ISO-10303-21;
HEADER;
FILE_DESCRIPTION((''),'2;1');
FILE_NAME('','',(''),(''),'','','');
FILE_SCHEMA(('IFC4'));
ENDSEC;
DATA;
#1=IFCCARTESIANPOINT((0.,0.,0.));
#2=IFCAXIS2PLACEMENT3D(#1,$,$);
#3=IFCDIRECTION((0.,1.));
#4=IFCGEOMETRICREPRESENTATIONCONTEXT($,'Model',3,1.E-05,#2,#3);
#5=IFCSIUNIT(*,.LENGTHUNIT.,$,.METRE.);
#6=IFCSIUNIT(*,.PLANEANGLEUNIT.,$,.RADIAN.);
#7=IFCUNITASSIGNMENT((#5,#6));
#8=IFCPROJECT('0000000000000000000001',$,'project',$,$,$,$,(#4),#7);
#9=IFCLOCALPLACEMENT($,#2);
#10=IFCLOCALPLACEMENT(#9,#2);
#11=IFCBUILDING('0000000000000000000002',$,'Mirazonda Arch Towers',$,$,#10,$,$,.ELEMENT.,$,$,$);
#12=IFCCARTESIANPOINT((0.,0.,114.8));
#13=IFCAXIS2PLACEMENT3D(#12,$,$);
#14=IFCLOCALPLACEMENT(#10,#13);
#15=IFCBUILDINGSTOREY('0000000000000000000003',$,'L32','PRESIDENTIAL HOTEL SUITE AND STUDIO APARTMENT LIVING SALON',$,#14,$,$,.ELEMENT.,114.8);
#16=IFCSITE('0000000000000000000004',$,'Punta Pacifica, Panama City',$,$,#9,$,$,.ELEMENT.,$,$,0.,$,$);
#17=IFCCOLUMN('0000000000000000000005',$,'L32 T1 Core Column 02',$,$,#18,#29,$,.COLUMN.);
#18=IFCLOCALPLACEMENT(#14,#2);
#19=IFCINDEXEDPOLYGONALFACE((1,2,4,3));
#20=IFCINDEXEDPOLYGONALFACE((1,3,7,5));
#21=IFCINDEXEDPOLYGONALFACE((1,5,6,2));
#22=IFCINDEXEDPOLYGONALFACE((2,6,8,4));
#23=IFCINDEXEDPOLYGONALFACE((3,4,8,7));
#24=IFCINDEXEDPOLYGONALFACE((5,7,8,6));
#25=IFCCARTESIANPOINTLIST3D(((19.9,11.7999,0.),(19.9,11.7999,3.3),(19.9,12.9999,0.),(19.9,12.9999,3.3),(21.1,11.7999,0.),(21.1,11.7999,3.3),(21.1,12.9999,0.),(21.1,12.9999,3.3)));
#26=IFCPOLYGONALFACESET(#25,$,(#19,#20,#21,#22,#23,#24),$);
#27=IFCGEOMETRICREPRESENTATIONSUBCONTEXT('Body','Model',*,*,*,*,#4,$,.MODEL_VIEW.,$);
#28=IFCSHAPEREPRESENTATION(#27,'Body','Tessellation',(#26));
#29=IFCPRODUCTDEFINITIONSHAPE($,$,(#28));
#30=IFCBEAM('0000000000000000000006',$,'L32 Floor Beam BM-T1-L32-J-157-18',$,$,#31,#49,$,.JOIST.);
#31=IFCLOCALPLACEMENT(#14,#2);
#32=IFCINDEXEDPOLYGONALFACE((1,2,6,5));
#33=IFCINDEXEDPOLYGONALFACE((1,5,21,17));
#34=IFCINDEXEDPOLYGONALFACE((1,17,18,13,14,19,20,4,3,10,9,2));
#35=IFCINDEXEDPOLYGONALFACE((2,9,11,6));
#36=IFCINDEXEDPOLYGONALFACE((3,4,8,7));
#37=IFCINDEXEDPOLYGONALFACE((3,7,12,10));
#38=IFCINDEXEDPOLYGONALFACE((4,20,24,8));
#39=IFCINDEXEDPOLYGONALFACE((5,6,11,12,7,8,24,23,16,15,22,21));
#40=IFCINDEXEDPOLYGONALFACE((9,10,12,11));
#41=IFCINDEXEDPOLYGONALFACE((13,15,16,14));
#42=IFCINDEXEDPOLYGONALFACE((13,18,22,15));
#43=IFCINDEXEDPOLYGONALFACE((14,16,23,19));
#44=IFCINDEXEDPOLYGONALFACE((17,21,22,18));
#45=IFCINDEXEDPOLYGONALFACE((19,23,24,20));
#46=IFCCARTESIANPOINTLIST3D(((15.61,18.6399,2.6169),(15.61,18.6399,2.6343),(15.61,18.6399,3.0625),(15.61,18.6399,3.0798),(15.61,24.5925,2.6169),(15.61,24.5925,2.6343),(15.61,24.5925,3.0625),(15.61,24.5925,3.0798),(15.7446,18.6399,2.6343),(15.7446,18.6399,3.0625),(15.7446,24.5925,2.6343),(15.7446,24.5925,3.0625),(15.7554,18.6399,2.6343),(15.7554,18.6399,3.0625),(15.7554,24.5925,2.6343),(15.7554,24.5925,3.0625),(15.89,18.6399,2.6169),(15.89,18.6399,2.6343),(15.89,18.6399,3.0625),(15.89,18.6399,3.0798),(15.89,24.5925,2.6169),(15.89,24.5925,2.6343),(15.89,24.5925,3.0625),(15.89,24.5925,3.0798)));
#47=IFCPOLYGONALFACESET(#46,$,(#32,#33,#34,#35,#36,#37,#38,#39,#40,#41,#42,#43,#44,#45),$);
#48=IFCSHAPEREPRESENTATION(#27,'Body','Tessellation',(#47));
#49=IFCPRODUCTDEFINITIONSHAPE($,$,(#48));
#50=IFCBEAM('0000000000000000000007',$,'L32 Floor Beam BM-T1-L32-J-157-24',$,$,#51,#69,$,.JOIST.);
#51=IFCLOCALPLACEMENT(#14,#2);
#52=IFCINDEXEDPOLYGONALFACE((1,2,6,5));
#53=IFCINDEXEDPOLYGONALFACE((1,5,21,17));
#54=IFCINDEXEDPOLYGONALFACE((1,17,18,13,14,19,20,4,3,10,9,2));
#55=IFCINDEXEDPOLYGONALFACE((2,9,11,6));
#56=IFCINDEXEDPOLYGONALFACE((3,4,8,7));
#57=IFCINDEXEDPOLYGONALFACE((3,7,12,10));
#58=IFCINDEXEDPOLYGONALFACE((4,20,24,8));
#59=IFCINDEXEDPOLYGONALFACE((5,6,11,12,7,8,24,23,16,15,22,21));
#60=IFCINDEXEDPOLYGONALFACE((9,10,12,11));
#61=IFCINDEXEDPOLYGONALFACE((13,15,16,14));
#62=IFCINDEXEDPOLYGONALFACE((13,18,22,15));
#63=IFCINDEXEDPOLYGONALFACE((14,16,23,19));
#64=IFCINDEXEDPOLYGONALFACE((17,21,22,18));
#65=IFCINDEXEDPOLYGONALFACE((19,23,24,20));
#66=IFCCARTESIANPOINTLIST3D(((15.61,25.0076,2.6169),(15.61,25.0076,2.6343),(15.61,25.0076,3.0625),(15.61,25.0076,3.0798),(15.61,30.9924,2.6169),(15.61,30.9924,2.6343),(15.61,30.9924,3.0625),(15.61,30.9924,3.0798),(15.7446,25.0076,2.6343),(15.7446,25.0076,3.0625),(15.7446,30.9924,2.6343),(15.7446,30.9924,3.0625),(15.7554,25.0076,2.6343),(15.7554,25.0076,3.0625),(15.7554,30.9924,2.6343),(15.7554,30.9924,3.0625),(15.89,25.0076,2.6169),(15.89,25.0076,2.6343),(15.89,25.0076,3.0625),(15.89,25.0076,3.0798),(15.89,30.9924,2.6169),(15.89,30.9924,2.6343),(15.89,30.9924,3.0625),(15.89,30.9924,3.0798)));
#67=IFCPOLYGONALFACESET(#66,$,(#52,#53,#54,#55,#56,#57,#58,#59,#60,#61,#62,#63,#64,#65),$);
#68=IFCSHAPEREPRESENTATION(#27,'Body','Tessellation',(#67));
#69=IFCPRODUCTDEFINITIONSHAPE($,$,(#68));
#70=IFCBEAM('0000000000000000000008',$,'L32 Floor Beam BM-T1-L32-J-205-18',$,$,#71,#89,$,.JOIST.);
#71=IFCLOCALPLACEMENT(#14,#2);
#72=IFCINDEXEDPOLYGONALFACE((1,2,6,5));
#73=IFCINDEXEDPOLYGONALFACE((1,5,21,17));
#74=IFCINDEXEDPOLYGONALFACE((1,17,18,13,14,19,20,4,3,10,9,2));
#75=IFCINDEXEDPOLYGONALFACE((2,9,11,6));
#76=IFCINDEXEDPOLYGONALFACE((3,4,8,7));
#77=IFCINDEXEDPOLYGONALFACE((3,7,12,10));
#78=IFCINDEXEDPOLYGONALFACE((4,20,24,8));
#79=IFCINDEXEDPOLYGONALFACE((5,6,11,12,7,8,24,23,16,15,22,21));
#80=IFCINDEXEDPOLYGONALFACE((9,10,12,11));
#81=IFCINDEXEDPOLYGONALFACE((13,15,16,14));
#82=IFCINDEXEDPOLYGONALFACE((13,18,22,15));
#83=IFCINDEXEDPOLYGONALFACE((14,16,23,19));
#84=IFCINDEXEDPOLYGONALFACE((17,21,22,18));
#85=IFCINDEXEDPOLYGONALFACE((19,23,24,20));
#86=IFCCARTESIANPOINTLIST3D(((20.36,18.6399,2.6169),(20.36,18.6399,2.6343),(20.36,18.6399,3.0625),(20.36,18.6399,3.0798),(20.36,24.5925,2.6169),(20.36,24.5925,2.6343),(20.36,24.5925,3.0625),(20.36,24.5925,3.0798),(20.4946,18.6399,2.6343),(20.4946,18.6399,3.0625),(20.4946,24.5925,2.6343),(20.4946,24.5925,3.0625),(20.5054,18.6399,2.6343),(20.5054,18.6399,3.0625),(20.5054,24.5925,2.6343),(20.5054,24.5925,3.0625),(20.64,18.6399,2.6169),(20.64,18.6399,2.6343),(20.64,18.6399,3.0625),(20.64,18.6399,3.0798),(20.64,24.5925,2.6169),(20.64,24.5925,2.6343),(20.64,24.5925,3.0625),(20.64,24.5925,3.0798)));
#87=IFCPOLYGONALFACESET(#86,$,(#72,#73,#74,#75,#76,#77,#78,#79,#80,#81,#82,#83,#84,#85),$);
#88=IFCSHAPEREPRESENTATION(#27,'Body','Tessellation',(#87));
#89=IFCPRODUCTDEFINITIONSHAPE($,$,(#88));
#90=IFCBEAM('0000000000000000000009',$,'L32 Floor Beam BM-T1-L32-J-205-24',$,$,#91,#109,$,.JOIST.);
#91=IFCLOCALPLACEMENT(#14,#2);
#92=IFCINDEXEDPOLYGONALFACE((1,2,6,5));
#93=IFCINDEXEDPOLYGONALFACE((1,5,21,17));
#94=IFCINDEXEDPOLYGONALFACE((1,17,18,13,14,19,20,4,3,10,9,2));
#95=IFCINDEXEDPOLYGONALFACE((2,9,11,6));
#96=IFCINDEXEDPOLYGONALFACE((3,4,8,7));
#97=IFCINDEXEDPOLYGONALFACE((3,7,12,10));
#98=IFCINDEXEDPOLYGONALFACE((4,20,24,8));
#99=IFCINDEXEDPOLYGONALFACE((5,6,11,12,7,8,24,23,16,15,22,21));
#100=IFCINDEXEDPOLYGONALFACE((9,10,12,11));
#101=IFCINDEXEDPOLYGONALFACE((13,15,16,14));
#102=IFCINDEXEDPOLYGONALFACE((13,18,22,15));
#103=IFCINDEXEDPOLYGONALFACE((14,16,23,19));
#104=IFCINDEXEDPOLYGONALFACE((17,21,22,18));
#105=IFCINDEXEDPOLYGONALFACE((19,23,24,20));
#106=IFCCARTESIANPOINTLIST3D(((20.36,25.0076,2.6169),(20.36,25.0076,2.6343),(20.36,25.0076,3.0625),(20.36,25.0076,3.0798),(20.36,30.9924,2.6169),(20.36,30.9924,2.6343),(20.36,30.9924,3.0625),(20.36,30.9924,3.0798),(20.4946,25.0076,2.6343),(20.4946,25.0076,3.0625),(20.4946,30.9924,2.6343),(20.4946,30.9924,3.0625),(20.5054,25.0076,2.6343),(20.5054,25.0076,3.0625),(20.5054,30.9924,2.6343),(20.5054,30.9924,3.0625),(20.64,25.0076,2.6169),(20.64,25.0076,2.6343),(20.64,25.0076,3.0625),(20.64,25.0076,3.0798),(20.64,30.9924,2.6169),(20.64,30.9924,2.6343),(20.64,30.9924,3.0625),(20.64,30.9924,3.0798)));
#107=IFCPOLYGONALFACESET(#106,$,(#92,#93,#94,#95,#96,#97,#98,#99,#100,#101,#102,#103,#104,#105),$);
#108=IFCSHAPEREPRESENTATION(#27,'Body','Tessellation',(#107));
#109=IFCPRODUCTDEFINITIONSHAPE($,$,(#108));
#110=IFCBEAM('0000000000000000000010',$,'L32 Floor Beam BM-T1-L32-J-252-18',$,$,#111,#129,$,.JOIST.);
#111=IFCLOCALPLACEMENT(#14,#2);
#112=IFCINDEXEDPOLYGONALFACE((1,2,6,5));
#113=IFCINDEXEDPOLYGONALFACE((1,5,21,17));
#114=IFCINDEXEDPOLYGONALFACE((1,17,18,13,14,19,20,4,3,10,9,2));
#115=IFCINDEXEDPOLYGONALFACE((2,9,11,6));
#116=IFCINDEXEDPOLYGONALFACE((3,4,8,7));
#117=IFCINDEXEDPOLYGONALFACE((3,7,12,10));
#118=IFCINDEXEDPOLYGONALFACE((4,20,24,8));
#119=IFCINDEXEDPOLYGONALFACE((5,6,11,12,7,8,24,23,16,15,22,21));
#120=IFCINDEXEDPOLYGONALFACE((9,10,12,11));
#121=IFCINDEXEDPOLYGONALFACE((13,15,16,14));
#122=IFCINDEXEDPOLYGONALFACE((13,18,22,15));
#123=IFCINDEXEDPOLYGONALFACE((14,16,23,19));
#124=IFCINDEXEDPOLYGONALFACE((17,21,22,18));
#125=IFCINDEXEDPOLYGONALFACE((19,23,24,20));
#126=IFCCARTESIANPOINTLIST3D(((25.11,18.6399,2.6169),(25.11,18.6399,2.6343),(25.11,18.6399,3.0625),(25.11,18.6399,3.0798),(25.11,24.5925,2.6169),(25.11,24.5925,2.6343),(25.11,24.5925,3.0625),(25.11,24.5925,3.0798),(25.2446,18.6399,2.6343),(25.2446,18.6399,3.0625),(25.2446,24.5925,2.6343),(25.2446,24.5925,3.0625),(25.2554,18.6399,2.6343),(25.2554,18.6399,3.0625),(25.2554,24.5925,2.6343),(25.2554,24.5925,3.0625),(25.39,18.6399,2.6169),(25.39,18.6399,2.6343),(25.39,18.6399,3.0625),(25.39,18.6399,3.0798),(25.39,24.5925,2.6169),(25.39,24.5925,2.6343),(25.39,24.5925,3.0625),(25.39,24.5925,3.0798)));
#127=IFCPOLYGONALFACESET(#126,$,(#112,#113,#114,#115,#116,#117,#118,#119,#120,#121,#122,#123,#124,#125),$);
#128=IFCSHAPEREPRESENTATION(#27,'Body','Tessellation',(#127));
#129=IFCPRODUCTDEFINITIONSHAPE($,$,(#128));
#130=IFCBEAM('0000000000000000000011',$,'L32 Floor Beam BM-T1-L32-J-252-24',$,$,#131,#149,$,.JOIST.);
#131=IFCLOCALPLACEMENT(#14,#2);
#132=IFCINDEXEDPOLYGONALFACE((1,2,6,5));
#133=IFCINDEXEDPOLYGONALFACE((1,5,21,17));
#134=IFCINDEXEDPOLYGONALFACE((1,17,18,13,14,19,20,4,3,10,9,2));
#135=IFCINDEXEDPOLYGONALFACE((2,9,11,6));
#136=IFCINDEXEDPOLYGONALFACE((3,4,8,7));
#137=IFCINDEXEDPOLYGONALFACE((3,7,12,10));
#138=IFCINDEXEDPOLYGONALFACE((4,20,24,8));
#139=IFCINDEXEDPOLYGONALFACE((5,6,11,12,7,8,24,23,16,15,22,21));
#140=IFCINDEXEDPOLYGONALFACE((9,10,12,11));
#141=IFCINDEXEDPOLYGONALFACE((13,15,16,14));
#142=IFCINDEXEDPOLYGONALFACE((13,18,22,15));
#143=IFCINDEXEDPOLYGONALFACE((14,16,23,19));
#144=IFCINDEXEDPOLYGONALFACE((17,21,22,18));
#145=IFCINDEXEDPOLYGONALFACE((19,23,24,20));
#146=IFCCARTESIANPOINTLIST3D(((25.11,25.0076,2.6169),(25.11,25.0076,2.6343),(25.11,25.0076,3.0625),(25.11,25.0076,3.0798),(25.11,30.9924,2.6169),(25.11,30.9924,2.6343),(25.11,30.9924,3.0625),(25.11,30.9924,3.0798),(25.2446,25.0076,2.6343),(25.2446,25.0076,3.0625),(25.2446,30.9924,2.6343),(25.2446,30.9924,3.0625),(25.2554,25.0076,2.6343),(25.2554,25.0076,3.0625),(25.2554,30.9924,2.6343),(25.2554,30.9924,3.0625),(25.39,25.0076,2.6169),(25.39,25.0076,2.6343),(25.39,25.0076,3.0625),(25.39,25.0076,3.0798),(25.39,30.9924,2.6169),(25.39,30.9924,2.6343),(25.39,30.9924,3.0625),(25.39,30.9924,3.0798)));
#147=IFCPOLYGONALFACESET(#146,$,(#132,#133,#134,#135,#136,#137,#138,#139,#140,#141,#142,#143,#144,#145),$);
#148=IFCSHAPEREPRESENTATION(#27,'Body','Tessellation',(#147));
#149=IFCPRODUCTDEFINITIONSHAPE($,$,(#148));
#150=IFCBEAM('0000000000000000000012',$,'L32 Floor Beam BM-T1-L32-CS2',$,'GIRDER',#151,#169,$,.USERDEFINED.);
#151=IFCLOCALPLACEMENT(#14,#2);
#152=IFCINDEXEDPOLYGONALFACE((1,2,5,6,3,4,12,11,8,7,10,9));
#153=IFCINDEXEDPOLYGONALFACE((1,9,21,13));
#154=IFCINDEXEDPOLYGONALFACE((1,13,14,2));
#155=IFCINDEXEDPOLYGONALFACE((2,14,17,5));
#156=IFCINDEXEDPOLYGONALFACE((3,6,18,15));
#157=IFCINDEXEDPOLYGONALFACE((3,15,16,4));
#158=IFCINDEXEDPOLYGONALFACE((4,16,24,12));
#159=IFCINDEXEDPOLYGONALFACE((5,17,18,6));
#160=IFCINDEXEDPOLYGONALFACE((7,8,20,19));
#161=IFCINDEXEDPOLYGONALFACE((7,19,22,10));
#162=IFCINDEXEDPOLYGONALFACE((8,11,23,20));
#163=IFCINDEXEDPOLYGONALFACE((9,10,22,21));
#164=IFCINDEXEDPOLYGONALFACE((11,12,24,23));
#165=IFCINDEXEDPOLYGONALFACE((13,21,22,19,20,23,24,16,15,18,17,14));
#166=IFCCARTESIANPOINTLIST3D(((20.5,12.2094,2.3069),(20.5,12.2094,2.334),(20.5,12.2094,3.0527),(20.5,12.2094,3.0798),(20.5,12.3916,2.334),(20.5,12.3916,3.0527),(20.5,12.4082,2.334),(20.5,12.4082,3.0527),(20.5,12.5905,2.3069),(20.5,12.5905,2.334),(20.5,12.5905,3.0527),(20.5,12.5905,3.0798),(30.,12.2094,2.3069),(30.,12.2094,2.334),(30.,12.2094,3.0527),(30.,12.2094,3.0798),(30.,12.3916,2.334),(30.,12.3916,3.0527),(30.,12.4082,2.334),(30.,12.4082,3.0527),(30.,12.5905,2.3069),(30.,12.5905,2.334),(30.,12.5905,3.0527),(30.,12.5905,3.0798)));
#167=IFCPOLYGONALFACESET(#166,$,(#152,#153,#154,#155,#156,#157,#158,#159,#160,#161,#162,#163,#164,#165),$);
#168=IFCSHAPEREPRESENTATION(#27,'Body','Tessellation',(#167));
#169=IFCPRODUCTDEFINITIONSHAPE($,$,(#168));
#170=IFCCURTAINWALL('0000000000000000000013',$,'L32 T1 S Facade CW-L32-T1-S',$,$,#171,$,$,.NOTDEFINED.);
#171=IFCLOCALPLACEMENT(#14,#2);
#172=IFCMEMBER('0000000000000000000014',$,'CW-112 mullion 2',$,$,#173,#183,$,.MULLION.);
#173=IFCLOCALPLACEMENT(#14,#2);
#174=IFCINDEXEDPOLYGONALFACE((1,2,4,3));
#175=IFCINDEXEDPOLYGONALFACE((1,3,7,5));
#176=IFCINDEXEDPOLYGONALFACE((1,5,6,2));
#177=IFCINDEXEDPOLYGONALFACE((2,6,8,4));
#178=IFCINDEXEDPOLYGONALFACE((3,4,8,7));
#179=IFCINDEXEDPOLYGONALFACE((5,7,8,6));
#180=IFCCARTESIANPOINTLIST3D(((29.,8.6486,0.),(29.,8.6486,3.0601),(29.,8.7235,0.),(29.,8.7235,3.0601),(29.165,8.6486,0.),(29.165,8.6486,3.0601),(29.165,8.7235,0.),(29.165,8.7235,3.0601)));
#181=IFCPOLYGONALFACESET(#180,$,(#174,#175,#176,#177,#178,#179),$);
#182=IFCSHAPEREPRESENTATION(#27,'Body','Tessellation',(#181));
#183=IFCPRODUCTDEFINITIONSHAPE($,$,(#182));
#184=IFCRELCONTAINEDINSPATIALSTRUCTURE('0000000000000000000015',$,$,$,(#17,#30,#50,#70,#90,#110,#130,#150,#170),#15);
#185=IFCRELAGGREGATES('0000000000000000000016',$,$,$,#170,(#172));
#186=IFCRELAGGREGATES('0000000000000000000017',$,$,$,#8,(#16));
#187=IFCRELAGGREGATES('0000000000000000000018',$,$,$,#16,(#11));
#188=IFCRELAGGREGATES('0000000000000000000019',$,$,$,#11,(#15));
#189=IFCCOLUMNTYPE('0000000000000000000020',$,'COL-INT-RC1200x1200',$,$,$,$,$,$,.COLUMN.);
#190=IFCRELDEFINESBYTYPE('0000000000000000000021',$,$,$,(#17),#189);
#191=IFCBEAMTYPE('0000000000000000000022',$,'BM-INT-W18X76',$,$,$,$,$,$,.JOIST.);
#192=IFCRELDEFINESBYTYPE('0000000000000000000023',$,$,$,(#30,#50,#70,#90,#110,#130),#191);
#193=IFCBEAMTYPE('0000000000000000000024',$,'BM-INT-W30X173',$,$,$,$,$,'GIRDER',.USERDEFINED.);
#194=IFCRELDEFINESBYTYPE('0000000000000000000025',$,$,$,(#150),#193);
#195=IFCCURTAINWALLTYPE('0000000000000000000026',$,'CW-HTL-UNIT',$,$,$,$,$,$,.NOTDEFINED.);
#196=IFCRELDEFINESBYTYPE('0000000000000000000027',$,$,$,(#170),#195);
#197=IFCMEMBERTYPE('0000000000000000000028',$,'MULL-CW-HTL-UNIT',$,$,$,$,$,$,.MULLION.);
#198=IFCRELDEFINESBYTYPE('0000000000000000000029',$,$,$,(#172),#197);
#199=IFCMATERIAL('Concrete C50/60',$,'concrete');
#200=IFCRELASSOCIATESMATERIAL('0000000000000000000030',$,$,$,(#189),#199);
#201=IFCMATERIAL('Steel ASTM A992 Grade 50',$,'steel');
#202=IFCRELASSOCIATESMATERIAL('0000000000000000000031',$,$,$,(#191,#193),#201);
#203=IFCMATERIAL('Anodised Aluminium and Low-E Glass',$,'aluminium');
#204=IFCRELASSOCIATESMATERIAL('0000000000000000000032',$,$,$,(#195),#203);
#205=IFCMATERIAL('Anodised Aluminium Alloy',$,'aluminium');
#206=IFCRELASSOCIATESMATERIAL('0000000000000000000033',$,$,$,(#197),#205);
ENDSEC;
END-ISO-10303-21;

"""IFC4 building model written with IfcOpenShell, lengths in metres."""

from ifc_helpers import new_model, si_unit, direction, frame, origin, origin_2d, place, context, subcontext, project, spatial, rectangle, i_section, extrude, material, material_profile, profile_set, type_object, element, aggregate, save


model = new_model("IFC4")

# Units and contexts
model_context = context("Model", 3, precision=1e-05, world=origin(), true_north=direction((0.0, 1.0)))
body_context = subcontext(model_context, "Body", "Model", "MODEL_VIEW")
ifc_project = project(units=[si_unit("LENGTHUNIT", "METRE"), si_unit("PLANEANGLEUNIT", "RADIAN")], contexts=[model_context])

# Site, building, storey
site_placement = place(None, origin())
site = spatial("IfcSite", under=ifc_project, at=site_placement, Name="Punta Pacifica, Panama City", CompositionType="ELEMENT", RefElevation=0.0)
building_placement = place(site_placement, origin())
building = spatial("IfcBuilding", under=site, at=building_placement, Name="Mirazonda Arch Towers", CompositionType="ELEMENT")
storey_placement = place(building_placement, frame((0.0, 0.0, 114.8)))
storey = spatial("IfcBuildingStorey", under=building, at=storey_placement, Name="L32", Description="PRESIDENTIAL HOTEL SUITE AND STUDIO APARTMENT LIVING SALON", CompositionType="ELEMENT", Elevation=114.8)

# Column
ifc_material_1 = material(Name="Concrete C50/60", Category="concrete")
ifc_material_profile_1 = material_profile(ifc_material_1, rectangle(XDim=1.2, YDim=1.2, at=origin_2d()), Name="RC1200x1200")
ifc_profile_set_1 = profile_set([ifc_material_profile_1], Name="Concrete C50/60")
column_type = type_object("IfcColumnType", Name="COL-INT-RC1200x1200", PredefinedType="COLUMN", material=ifc_profile_set_1)
column_placement = place(storey_placement, frame((20.5, 12.3999, 0.0), z_axis=(0.0, 0.0, 1.0), x_axis=(1.0, 0.0, 0.0)))
element("IfcColumn", 1, at=column_placement, inside=storey, type_object=column_type, Name="L32 T1 Core Column 02", PredefinedType="COLUMN", context=body_context, shape_type="SweptSolid", body=[
    extrude(rectangle(XDim=1.2, YDim=1.2, at=origin_2d()), origin(), (0.0, 0.0, 1.0), 3.3),
])

# Beams
ifc_material_2 = material(Name="Steel ASTM A992 Grade 50", Category="steel")
ifc_material_profile_2 = material_profile(ifc_material_2, i_section(OverallWidth=0.28, OverallDepth=0.4629, WebThickness=0.0107, FlangeThickness=0.0173, at=origin_2d()), Name="W18X76")
ifc_profile_set_2 = profile_set([ifc_material_profile_2], Name="Steel ASTM A992 Grade 50")
beam_type_1 = type_object("IfcBeamType", Name="BM-INT-W18X76", PredefinedType="JOIST", material=ifc_profile_set_2)
beam_1_placement = place(storey_placement, frame((15.75, 18.6399, 2.8484), z_axis=(0.0, 1.0, 0.0), x_axis=(-1.0, 0.0, 0.0)))
element("IfcBeam", 2, at=beam_1_placement, inside=storey, type_object=beam_type_1, Name="L32 Floor Beam BM-T1-L32-J-157-18", PredefinedType="JOIST", context=body_context, shape_type="SweptSolid", body=[
    extrude(i_section(OverallWidth=0.28, OverallDepth=0.4629, WebThickness=0.0107, FlangeThickness=0.0173, at=origin_2d()), origin(), (0.0, 0.0, 1.0), 5.9526),
])
beam_2_placement = place(storey_placement, frame((15.75, 25.0076, 2.8484), z_axis=(0.0, 1.0, 0.0), x_axis=(-1.0, 0.0, 0.0)))
element("IfcBeam", 3, at=beam_2_placement, inside=storey, type_object=beam_type_1, Name="L32 Floor Beam BM-T1-L32-J-157-24", PredefinedType="JOIST", context=body_context, shape_type="SweptSolid", body=[
    extrude(i_section(OverallWidth=0.28, OverallDepth=0.4629, WebThickness=0.0107, FlangeThickness=0.0173, at=origin_2d()), origin(), (0.0, 0.0, 1.0), 5.9849),
])
beam_3_placement = place(storey_placement, frame((20.5, 18.6399, 2.8484), z_axis=(0.0, 1.0, 0.0), x_axis=(-1.0, 0.0, 0.0)))
element("IfcBeam", 4, at=beam_3_placement, inside=storey, type_object=beam_type_1, Name="L32 Floor Beam BM-T1-L32-J-205-18", PredefinedType="JOIST", context=body_context, shape_type="SweptSolid", body=[
    extrude(i_section(OverallWidth=0.28, OverallDepth=0.4629, WebThickness=0.0107, FlangeThickness=0.0173, at=origin_2d()), origin(), (0.0, 0.0, 1.0), 5.9526),
])
beam_4_placement = place(storey_placement, frame((20.5, 25.0076, 2.8484), z_axis=(0.0, 1.0, 0.0), x_axis=(-1.0, 0.0, 0.0)))
element("IfcBeam", 5, at=beam_4_placement, inside=storey, type_object=beam_type_1, Name="L32 Floor Beam BM-T1-L32-J-205-24", PredefinedType="JOIST", context=body_context, shape_type="SweptSolid", body=[
    extrude(i_section(OverallWidth=0.28, OverallDepth=0.4629, WebThickness=0.0107, FlangeThickness=0.0173, at=origin_2d()), origin(), (0.0, 0.0, 1.0), 5.9849),
])
beam_5_placement = place(storey_placement, frame((25.25, 18.6399, 2.8484), z_axis=(0.0, 1.0, 0.0), x_axis=(-1.0, 0.0, 0.0)))
element("IfcBeam", 6, at=beam_5_placement, inside=storey, type_object=beam_type_1, Name="L32 Floor Beam BM-T1-L32-J-252-18", PredefinedType="JOIST", context=body_context, shape_type="SweptSolid", body=[
    extrude(i_section(OverallWidth=0.28, OverallDepth=0.4629, WebThickness=0.0107, FlangeThickness=0.0173, at=origin_2d()), origin(), (0.0, 0.0, 1.0), 5.9526),
])
beam_6_placement = place(storey_placement, frame((25.25, 25.0076, 2.8484), z_axis=(0.0, 1.0, 0.0), x_axis=(-1.0, 0.0, 0.0)))
element("IfcBeam", 7, at=beam_6_placement, inside=storey, type_object=beam_type_1, Name="L32 Floor Beam BM-T1-L32-J-252-24", PredefinedType="JOIST", context=body_context, shape_type="SweptSolid", body=[
    extrude(i_section(OverallWidth=0.28, OverallDepth=0.4629, WebThickness=0.0107, FlangeThickness=0.0173, at=origin_2d()), origin(), (0.0, 0.0, 1.0), 5.9849),
])
ifc_material_profile_3 = material_profile(ifc_material_2, i_section(OverallWidth=0.3811, OverallDepth=0.7729, WebThickness=0.0166, FlangeThickness=0.0271, at=origin_2d()), Name="W30X173")
ifc_profile_set_3 = profile_set([ifc_material_profile_3], Name="Steel ASTM A992 Grade 50")
beam_type_2 = type_object("IfcBeamType", Name="BM-INT-W30X173", ElementType="GIRDER", PredefinedType="USERDEFINED", material=ifc_profile_set_3)
beam_7_placement = place(storey_placement, frame((20.5, 12.3999, 2.6934), z_axis=(1.0, 0.0, 0.0), x_axis=(0.0, 1.0, 0.0)))
element("IfcBeam", 8, at=beam_7_placement, inside=storey, type_object=beam_type_2, Name="L32 Floor Beam BM-T1-L32-CS2", ObjectType="GIRDER", PredefinedType="USERDEFINED", context=body_context, shape_type="SweptSolid", body=[
    extrude(i_section(OverallWidth=0.3811, OverallDepth=0.7729, WebThickness=0.0166, FlangeThickness=0.0271, at=origin_2d()), origin(), (0.0, 0.0, 1.0), 9.5),
])

# Curtain wall, member
ifc_material_3 = material(Name="Anodised Aluminium and Low-E Glass", Category="aluminium")
curtain_wall_type = type_object("IfcCurtainWallType", Name="CW-HTL-UNIT", PredefinedType="NOTDEFINED", material=ifc_material_3)
curtain_wall_placement = place(storey_placement, origin())
curtain_wall = element("IfcCurtainWall", 9, at=curtain_wall_placement, inside=storey, type_object=curtain_wall_type, Name="L32 T1 S Facade CW-L32-T1-S", PredefinedType="NOTDEFINED")
ifc_material_4 = material(Name="Anodised Aluminium Alloy", Category="aluminium")
ifc_material_profile_4 = material_profile(ifc_material_4, rectangle(XDim=0.075, YDim=0.165, at=origin_2d()), Name="ALU-MULL-75x165")
ifc_profile_set_4 = profile_set([ifc_material_profile_4], Name="Anodised Aluminium Alloy")
member_type_1 = type_object("IfcMemberType", Name="MULL-CW-HTL-UNIT", PredefinedType="MULLION", material=ifc_profile_set_4)
member_1_placement = place(storey_placement, frame((29.0825, 8.686, 0.0), z_axis=(0.0, 0.0, 1.0), x_axis=(0.0, -1.0, 0.0)))
member_1 = element("IfcMember", 10, at=member_1_placement, type_object=member_type_1, Name="CW-112 mullion 2", PredefinedType="MULLION", context=body_context, shape_type="SweptSolid", body=[
    extrude(rectangle(XDim=0.075, YDim=0.165, at=origin_2d()), origin(), (0.0, 0.0, 1.0), 3.0601),
])
aggregate(curtain_wall, [member_1])

save(model, "model.ifc")
